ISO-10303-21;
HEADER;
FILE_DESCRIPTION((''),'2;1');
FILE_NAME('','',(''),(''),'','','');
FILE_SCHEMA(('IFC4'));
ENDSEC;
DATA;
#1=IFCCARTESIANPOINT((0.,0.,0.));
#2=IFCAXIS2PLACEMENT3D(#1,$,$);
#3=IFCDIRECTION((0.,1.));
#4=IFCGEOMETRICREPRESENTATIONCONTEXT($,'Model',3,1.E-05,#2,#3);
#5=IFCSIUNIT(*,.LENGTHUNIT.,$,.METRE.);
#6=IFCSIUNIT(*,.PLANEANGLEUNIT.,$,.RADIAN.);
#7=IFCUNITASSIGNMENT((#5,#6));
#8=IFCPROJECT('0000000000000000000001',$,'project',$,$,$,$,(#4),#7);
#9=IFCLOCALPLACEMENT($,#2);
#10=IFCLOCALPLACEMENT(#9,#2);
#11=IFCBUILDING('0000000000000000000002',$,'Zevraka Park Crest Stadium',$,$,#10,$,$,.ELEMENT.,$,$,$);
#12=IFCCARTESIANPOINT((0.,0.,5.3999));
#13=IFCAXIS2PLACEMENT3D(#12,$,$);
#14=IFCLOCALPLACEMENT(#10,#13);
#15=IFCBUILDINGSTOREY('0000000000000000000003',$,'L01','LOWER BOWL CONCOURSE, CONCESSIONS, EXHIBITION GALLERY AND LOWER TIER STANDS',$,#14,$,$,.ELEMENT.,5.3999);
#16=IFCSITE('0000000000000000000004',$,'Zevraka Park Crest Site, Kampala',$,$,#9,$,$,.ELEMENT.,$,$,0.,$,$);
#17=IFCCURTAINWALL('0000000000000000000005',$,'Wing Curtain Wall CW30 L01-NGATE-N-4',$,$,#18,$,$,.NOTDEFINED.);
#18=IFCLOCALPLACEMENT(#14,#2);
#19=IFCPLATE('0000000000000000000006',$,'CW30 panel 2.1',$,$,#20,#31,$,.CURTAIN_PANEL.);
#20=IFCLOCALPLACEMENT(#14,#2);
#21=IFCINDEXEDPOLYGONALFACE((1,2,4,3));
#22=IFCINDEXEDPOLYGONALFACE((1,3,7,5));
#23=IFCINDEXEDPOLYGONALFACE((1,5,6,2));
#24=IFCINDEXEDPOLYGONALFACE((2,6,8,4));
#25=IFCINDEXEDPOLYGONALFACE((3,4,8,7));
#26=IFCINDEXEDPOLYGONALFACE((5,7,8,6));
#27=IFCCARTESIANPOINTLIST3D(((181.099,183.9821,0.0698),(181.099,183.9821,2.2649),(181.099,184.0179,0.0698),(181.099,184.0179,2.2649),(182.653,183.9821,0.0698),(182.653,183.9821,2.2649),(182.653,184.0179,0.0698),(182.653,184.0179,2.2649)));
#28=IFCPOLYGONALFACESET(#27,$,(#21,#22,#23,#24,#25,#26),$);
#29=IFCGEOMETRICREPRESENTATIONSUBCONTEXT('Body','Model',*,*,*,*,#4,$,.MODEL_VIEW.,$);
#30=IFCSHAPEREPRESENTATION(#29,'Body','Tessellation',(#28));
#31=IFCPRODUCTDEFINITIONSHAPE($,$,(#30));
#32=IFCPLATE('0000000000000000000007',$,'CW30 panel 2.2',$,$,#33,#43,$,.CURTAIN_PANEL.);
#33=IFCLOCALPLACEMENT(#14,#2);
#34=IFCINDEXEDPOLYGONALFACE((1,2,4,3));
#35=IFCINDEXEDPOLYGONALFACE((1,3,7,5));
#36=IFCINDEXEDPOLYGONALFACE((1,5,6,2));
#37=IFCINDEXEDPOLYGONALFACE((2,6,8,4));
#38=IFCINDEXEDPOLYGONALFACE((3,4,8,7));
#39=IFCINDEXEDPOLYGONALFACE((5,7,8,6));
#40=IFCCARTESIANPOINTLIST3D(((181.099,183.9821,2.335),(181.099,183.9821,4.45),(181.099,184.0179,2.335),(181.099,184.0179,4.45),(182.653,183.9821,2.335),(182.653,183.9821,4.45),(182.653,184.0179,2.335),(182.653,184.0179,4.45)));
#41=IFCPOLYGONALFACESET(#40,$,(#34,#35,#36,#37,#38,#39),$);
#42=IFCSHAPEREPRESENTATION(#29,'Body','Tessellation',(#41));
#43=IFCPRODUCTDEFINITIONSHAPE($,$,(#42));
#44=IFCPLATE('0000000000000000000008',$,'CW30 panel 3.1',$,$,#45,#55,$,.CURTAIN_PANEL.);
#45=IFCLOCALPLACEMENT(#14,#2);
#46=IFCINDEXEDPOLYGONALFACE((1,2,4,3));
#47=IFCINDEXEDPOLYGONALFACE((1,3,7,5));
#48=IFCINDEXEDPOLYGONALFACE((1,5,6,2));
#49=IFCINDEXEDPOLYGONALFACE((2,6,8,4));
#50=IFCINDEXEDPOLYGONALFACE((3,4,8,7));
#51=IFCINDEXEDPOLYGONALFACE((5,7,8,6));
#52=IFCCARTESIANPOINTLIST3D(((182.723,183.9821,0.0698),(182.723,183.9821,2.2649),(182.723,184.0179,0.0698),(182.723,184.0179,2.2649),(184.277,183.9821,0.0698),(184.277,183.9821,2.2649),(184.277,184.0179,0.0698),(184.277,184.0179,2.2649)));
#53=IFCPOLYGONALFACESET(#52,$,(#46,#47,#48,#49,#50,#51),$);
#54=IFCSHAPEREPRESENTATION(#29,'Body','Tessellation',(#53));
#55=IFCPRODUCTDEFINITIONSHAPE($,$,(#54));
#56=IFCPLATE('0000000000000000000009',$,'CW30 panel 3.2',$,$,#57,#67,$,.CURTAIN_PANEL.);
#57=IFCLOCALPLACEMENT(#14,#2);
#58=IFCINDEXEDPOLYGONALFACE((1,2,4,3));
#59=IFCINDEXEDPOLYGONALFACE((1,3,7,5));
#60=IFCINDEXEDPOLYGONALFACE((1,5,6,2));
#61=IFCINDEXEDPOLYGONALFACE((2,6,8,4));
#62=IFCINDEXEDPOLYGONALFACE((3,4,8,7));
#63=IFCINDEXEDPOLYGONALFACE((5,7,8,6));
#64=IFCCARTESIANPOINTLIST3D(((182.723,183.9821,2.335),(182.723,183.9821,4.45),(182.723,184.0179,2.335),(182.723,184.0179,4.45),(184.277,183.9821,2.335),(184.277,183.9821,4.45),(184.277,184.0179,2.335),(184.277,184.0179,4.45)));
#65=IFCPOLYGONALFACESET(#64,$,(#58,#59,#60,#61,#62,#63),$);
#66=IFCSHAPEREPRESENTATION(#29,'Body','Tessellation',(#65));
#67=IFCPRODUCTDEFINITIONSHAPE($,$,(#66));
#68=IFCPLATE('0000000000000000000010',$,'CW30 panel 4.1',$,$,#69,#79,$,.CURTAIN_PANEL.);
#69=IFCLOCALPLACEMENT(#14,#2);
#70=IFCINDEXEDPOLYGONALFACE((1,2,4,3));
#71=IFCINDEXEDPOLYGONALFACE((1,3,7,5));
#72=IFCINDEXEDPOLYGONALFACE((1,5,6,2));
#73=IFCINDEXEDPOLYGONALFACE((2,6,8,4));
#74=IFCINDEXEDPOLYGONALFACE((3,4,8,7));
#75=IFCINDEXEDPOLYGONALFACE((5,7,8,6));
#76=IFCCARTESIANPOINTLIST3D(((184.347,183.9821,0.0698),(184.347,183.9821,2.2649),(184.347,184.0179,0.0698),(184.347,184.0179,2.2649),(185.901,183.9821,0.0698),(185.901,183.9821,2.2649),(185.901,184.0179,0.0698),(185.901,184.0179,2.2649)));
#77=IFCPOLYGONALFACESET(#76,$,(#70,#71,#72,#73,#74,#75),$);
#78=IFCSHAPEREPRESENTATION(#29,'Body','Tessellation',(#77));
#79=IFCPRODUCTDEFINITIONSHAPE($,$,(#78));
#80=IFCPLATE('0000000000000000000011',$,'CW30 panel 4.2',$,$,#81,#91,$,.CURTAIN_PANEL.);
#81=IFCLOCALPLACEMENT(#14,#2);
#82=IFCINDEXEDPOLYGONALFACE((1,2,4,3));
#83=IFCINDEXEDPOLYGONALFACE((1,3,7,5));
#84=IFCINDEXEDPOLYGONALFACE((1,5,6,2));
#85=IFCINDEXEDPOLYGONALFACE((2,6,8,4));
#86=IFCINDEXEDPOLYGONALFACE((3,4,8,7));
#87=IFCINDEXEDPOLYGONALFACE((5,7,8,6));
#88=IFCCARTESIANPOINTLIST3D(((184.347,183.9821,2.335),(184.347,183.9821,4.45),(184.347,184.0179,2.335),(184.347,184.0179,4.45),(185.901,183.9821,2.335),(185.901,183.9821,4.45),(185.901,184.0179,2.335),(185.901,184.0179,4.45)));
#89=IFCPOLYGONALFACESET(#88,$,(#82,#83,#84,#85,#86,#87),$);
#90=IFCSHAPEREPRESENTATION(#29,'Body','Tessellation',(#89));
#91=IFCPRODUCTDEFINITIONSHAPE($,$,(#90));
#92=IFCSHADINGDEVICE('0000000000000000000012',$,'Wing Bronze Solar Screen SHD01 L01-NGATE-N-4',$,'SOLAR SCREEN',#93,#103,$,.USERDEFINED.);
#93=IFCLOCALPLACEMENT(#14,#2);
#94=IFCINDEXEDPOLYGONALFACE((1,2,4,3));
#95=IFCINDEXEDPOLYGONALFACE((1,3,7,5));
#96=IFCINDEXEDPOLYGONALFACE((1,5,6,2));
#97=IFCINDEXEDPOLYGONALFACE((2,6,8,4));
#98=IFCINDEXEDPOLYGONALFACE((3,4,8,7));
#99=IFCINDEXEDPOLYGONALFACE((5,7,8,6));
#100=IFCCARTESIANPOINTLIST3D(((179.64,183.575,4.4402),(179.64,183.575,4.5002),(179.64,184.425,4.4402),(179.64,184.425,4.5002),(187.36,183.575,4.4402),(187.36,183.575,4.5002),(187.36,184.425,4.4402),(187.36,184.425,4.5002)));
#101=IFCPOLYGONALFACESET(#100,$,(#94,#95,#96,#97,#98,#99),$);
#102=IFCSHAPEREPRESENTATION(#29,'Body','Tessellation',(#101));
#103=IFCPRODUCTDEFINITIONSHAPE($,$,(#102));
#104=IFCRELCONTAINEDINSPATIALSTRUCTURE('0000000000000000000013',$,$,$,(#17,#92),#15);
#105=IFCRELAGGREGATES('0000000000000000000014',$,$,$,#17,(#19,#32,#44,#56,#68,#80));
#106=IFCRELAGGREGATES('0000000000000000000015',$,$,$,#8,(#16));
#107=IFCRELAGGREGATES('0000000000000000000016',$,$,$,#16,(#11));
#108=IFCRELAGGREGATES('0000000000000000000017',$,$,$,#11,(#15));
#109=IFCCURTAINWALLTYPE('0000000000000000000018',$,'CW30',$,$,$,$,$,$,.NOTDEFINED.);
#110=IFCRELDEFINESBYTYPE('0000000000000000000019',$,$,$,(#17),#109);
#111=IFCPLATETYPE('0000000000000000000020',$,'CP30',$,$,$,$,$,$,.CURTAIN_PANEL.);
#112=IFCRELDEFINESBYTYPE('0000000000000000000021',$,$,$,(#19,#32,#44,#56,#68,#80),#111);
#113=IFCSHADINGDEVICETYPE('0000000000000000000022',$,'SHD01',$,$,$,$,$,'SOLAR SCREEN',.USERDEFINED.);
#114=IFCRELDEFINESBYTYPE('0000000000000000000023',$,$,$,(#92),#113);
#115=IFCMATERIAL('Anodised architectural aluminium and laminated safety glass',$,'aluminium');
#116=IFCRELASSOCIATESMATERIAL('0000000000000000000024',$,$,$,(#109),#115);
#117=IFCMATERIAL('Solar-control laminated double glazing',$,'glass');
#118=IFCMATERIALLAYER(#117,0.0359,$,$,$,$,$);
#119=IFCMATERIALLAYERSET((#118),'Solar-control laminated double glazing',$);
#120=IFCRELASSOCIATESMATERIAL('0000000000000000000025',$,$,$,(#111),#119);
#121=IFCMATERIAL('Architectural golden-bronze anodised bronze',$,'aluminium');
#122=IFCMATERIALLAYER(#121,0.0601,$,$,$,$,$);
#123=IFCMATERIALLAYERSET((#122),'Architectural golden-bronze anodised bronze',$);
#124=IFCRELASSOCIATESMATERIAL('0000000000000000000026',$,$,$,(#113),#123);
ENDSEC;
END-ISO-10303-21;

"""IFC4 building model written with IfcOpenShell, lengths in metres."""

from ifc_helpers import new_model, si_unit, direction, frame, origin, origin_2d, place, context, subcontext, project, spatial, rectangle, extrude, material, layer, layer_set, type_object, element, aggregate, save


model = new_model("IFC4")

# Units and contexts
model_context = context("Model", 3, precision=1e-05, world=origin(), true_north=direction((0.0, 1.0)))
body_context = subcontext(model_context, "Body", "Model", "MODEL_VIEW")
ifc_project = project(units=[si_unit("LENGTHUNIT", "METRE"), si_unit("PLANEANGLEUNIT", "RADIAN")], contexts=[model_context])

# Site, building, storey
site_placement = place(None, origin())
site = spatial("IfcSite", under=ifc_project, at=site_placement, Name="Zevraka Park Crest Site, Kampala", CompositionType="ELEMENT", RefElevation=0.0)
building_placement = place(site_placement, origin())
building = spatial("IfcBuilding", under=site, at=building_placement, Name="Zevraka Park Crest Stadium", CompositionType="ELEMENT")
storey_placement = place(building_placement, frame((0.0, 0.0, 5.3999)))
storey = spatial("IfcBuildingStorey", under=building, at=storey_placement, Name="L01", Description="LOWER BOWL CONCOURSE, CONCESSIONS, EXHIBITION GALLERY AND LOWER TIER STANDS", CompositionType="ELEMENT", Elevation=5.3999)

# Curtain wall, plates
ifc_material_1 = material(Name="Anodised architectural aluminium and laminated safety glass", Category="aluminium")
curtain_wall_type = type_object("IfcCurtainWallType", Name="CW30", PredefinedType="NOTDEFINED", material=ifc_material_1)
curtain_wall_placement = place(storey_placement, origin())
curtain_wall = element("IfcCurtainWall", 1, at=curtain_wall_placement, inside=storey, type_object=curtain_wall_type, Name="Wing Curtain Wall CW30 L01-NGATE-N-4", PredefinedType="NOTDEFINED")
ifc_material_2 = material(Name="Solar-control laminated double glazing", Category="glass")
ifc_layer_1 = layer(ifc_material_2, 0.0359)
ifc_layer_set_1 = layer_set([ifc_layer_1], Name="Solar-control laminated double glazing")
plate_type = type_object("IfcPlateType", Name="CP30", PredefinedType="CURTAIN_PANEL", material=ifc_layer_set_1)
plate_1_placement = place(storey_placement, frame((181.876, 184.0, 0.0698), z_axis=(0.0, 0.0, 1.0), x_axis=(1.0, 0.0, 0.0)))
plate_1 = element("IfcPlate", 2, at=plate_1_placement, type_object=plate_type, Name="CW30 panel 2.1", PredefinedType="CURTAIN_PANEL", context=body_context, shape_type="SweptSolid", body=[
    extrude(rectangle(XDim=1.554, YDim=0.0359, at=origin_2d()), origin(), (0.0, 0.0, 1.0), 2.1951),
])
plate_2_placement = place(storey_placement, frame((181.876, 184.0, 2.335), z_axis=(0.0, 0.0, 1.0), x_axis=(1.0, 0.0, 0.0)))
plate_2 = element("IfcPlate", 3, at=plate_2_placement, type_object=plate_type, Name="CW30 panel 2.2", PredefinedType="CURTAIN_PANEL", context=body_context, shape_type="SweptSolid", body=[
    extrude(rectangle(XDim=1.554, YDim=0.0359, at=origin_2d()), origin(), (0.0, 0.0, 1.0), 2.115),
])
plate_3_placement = place(storey_placement, frame((183.5, 184.0, 0.0698), z_axis=(0.0, 0.0, 1.0), x_axis=(1.0, 0.0, 0.0)))
plate_3 = element("IfcPlate", 4, at=plate_3_placement, type_object=plate_type, Name="CW30 panel 3.1", PredefinedType="CURTAIN_PANEL", context=body_context, shape_type="SweptSolid", body=[
    extrude(rectangle(XDim=1.554, YDim=0.0359, at=origin_2d()), origin(), (0.0, 0.0, 1.0), 2.1951),
])
plate_4_placement = place(storey_placement, frame((183.5, 184.0, 2.335), z_axis=(0.0, 0.0, 1.0), x_axis=(1.0, 0.0, 0.0)))
plate_4 = element("IfcPlate", 5, at=plate_4_placement, type_object=plate_type, Name="CW30 panel 3.2", PredefinedType="CURTAIN_PANEL", context=body_context, shape_type="SweptSolid", body=[
    extrude(rectangle(XDim=1.554, YDim=0.0359, at=origin_2d()), origin(), (0.0, 0.0, 1.0), 2.115),
])
plate_5_placement = place(storey_placement, frame((185.124, 184.0, 0.0698), z_axis=(0.0, 0.0, 1.0), x_axis=(1.0, 0.0, 0.0)))
plate_5 = element("IfcPlate", 6, at=plate_5_placement, type_object=plate_type, Name="CW30 panel 4.1", PredefinedType="CURTAIN_PANEL", context=body_context, shape_type="SweptSolid", body=[
    extrude(rectangle(XDim=1.554, YDim=0.0359, at=origin_2d()), origin(), (0.0, 0.0, 1.0), 2.1951),
])
plate_6_placement = place(storey_placement, frame((185.124, 184.0, 2.335), z_axis=(0.0, 0.0, 1.0), x_axis=(1.0, 0.0, 0.0)))
plate_6 = element("IfcPlate", 7, at=plate_6_placement, type_object=plate_type, Name="CW30 panel 4.2", PredefinedType="CURTAIN_PANEL", context=body_context, shape_type="SweptSolid", body=[
    extrude(rectangle(XDim=1.554, YDim=0.0359, at=origin_2d()), origin(), (0.0, 0.0, 1.0), 2.115),
])
aggregate(curtain_wall, [plate_1, plate_2, plate_3, plate_4, plate_5, plate_6])

# Shading device
ifc_material_3 = material(Name="Architectural golden-bronze anodised bronze", Category="aluminium")
ifc_layer_2 = layer(ifc_material_3, 0.0601)
ifc_layer_set_2 = layer_set([ifc_layer_2], Name="Architectural golden-bronze anodised bronze")
shading_device_type = type_object("IfcShadingDeviceType", Name="SHD01", ElementType="SOLAR SCREEN", PredefinedType="USERDEFINED", material=ifc_layer_set_2)
shading_device_placement = place(storey_placement, frame((183.5, 184.0, 4.4402), z_axis=(0.0, 0.0, 1.0), x_axis=(1.0, 0.0, 0.0)))
element("IfcShadingDevice", 8, at=shading_device_placement, inside=storey, type_object=shading_device_type, Name="Wing Bronze Solar Screen SHD01 L01-NGATE-N-4", ObjectType="SOLAR SCREEN", PredefinedType="USERDEFINED", context=body_context, shape_type="SweptSolid", body=[
    extrude(rectangle(XDim=7.72, YDim=0.8501, at=origin_2d()), origin(), (0.0, 0.0, 1.0), 0.0601),
])

save(model, "model.ifc")
